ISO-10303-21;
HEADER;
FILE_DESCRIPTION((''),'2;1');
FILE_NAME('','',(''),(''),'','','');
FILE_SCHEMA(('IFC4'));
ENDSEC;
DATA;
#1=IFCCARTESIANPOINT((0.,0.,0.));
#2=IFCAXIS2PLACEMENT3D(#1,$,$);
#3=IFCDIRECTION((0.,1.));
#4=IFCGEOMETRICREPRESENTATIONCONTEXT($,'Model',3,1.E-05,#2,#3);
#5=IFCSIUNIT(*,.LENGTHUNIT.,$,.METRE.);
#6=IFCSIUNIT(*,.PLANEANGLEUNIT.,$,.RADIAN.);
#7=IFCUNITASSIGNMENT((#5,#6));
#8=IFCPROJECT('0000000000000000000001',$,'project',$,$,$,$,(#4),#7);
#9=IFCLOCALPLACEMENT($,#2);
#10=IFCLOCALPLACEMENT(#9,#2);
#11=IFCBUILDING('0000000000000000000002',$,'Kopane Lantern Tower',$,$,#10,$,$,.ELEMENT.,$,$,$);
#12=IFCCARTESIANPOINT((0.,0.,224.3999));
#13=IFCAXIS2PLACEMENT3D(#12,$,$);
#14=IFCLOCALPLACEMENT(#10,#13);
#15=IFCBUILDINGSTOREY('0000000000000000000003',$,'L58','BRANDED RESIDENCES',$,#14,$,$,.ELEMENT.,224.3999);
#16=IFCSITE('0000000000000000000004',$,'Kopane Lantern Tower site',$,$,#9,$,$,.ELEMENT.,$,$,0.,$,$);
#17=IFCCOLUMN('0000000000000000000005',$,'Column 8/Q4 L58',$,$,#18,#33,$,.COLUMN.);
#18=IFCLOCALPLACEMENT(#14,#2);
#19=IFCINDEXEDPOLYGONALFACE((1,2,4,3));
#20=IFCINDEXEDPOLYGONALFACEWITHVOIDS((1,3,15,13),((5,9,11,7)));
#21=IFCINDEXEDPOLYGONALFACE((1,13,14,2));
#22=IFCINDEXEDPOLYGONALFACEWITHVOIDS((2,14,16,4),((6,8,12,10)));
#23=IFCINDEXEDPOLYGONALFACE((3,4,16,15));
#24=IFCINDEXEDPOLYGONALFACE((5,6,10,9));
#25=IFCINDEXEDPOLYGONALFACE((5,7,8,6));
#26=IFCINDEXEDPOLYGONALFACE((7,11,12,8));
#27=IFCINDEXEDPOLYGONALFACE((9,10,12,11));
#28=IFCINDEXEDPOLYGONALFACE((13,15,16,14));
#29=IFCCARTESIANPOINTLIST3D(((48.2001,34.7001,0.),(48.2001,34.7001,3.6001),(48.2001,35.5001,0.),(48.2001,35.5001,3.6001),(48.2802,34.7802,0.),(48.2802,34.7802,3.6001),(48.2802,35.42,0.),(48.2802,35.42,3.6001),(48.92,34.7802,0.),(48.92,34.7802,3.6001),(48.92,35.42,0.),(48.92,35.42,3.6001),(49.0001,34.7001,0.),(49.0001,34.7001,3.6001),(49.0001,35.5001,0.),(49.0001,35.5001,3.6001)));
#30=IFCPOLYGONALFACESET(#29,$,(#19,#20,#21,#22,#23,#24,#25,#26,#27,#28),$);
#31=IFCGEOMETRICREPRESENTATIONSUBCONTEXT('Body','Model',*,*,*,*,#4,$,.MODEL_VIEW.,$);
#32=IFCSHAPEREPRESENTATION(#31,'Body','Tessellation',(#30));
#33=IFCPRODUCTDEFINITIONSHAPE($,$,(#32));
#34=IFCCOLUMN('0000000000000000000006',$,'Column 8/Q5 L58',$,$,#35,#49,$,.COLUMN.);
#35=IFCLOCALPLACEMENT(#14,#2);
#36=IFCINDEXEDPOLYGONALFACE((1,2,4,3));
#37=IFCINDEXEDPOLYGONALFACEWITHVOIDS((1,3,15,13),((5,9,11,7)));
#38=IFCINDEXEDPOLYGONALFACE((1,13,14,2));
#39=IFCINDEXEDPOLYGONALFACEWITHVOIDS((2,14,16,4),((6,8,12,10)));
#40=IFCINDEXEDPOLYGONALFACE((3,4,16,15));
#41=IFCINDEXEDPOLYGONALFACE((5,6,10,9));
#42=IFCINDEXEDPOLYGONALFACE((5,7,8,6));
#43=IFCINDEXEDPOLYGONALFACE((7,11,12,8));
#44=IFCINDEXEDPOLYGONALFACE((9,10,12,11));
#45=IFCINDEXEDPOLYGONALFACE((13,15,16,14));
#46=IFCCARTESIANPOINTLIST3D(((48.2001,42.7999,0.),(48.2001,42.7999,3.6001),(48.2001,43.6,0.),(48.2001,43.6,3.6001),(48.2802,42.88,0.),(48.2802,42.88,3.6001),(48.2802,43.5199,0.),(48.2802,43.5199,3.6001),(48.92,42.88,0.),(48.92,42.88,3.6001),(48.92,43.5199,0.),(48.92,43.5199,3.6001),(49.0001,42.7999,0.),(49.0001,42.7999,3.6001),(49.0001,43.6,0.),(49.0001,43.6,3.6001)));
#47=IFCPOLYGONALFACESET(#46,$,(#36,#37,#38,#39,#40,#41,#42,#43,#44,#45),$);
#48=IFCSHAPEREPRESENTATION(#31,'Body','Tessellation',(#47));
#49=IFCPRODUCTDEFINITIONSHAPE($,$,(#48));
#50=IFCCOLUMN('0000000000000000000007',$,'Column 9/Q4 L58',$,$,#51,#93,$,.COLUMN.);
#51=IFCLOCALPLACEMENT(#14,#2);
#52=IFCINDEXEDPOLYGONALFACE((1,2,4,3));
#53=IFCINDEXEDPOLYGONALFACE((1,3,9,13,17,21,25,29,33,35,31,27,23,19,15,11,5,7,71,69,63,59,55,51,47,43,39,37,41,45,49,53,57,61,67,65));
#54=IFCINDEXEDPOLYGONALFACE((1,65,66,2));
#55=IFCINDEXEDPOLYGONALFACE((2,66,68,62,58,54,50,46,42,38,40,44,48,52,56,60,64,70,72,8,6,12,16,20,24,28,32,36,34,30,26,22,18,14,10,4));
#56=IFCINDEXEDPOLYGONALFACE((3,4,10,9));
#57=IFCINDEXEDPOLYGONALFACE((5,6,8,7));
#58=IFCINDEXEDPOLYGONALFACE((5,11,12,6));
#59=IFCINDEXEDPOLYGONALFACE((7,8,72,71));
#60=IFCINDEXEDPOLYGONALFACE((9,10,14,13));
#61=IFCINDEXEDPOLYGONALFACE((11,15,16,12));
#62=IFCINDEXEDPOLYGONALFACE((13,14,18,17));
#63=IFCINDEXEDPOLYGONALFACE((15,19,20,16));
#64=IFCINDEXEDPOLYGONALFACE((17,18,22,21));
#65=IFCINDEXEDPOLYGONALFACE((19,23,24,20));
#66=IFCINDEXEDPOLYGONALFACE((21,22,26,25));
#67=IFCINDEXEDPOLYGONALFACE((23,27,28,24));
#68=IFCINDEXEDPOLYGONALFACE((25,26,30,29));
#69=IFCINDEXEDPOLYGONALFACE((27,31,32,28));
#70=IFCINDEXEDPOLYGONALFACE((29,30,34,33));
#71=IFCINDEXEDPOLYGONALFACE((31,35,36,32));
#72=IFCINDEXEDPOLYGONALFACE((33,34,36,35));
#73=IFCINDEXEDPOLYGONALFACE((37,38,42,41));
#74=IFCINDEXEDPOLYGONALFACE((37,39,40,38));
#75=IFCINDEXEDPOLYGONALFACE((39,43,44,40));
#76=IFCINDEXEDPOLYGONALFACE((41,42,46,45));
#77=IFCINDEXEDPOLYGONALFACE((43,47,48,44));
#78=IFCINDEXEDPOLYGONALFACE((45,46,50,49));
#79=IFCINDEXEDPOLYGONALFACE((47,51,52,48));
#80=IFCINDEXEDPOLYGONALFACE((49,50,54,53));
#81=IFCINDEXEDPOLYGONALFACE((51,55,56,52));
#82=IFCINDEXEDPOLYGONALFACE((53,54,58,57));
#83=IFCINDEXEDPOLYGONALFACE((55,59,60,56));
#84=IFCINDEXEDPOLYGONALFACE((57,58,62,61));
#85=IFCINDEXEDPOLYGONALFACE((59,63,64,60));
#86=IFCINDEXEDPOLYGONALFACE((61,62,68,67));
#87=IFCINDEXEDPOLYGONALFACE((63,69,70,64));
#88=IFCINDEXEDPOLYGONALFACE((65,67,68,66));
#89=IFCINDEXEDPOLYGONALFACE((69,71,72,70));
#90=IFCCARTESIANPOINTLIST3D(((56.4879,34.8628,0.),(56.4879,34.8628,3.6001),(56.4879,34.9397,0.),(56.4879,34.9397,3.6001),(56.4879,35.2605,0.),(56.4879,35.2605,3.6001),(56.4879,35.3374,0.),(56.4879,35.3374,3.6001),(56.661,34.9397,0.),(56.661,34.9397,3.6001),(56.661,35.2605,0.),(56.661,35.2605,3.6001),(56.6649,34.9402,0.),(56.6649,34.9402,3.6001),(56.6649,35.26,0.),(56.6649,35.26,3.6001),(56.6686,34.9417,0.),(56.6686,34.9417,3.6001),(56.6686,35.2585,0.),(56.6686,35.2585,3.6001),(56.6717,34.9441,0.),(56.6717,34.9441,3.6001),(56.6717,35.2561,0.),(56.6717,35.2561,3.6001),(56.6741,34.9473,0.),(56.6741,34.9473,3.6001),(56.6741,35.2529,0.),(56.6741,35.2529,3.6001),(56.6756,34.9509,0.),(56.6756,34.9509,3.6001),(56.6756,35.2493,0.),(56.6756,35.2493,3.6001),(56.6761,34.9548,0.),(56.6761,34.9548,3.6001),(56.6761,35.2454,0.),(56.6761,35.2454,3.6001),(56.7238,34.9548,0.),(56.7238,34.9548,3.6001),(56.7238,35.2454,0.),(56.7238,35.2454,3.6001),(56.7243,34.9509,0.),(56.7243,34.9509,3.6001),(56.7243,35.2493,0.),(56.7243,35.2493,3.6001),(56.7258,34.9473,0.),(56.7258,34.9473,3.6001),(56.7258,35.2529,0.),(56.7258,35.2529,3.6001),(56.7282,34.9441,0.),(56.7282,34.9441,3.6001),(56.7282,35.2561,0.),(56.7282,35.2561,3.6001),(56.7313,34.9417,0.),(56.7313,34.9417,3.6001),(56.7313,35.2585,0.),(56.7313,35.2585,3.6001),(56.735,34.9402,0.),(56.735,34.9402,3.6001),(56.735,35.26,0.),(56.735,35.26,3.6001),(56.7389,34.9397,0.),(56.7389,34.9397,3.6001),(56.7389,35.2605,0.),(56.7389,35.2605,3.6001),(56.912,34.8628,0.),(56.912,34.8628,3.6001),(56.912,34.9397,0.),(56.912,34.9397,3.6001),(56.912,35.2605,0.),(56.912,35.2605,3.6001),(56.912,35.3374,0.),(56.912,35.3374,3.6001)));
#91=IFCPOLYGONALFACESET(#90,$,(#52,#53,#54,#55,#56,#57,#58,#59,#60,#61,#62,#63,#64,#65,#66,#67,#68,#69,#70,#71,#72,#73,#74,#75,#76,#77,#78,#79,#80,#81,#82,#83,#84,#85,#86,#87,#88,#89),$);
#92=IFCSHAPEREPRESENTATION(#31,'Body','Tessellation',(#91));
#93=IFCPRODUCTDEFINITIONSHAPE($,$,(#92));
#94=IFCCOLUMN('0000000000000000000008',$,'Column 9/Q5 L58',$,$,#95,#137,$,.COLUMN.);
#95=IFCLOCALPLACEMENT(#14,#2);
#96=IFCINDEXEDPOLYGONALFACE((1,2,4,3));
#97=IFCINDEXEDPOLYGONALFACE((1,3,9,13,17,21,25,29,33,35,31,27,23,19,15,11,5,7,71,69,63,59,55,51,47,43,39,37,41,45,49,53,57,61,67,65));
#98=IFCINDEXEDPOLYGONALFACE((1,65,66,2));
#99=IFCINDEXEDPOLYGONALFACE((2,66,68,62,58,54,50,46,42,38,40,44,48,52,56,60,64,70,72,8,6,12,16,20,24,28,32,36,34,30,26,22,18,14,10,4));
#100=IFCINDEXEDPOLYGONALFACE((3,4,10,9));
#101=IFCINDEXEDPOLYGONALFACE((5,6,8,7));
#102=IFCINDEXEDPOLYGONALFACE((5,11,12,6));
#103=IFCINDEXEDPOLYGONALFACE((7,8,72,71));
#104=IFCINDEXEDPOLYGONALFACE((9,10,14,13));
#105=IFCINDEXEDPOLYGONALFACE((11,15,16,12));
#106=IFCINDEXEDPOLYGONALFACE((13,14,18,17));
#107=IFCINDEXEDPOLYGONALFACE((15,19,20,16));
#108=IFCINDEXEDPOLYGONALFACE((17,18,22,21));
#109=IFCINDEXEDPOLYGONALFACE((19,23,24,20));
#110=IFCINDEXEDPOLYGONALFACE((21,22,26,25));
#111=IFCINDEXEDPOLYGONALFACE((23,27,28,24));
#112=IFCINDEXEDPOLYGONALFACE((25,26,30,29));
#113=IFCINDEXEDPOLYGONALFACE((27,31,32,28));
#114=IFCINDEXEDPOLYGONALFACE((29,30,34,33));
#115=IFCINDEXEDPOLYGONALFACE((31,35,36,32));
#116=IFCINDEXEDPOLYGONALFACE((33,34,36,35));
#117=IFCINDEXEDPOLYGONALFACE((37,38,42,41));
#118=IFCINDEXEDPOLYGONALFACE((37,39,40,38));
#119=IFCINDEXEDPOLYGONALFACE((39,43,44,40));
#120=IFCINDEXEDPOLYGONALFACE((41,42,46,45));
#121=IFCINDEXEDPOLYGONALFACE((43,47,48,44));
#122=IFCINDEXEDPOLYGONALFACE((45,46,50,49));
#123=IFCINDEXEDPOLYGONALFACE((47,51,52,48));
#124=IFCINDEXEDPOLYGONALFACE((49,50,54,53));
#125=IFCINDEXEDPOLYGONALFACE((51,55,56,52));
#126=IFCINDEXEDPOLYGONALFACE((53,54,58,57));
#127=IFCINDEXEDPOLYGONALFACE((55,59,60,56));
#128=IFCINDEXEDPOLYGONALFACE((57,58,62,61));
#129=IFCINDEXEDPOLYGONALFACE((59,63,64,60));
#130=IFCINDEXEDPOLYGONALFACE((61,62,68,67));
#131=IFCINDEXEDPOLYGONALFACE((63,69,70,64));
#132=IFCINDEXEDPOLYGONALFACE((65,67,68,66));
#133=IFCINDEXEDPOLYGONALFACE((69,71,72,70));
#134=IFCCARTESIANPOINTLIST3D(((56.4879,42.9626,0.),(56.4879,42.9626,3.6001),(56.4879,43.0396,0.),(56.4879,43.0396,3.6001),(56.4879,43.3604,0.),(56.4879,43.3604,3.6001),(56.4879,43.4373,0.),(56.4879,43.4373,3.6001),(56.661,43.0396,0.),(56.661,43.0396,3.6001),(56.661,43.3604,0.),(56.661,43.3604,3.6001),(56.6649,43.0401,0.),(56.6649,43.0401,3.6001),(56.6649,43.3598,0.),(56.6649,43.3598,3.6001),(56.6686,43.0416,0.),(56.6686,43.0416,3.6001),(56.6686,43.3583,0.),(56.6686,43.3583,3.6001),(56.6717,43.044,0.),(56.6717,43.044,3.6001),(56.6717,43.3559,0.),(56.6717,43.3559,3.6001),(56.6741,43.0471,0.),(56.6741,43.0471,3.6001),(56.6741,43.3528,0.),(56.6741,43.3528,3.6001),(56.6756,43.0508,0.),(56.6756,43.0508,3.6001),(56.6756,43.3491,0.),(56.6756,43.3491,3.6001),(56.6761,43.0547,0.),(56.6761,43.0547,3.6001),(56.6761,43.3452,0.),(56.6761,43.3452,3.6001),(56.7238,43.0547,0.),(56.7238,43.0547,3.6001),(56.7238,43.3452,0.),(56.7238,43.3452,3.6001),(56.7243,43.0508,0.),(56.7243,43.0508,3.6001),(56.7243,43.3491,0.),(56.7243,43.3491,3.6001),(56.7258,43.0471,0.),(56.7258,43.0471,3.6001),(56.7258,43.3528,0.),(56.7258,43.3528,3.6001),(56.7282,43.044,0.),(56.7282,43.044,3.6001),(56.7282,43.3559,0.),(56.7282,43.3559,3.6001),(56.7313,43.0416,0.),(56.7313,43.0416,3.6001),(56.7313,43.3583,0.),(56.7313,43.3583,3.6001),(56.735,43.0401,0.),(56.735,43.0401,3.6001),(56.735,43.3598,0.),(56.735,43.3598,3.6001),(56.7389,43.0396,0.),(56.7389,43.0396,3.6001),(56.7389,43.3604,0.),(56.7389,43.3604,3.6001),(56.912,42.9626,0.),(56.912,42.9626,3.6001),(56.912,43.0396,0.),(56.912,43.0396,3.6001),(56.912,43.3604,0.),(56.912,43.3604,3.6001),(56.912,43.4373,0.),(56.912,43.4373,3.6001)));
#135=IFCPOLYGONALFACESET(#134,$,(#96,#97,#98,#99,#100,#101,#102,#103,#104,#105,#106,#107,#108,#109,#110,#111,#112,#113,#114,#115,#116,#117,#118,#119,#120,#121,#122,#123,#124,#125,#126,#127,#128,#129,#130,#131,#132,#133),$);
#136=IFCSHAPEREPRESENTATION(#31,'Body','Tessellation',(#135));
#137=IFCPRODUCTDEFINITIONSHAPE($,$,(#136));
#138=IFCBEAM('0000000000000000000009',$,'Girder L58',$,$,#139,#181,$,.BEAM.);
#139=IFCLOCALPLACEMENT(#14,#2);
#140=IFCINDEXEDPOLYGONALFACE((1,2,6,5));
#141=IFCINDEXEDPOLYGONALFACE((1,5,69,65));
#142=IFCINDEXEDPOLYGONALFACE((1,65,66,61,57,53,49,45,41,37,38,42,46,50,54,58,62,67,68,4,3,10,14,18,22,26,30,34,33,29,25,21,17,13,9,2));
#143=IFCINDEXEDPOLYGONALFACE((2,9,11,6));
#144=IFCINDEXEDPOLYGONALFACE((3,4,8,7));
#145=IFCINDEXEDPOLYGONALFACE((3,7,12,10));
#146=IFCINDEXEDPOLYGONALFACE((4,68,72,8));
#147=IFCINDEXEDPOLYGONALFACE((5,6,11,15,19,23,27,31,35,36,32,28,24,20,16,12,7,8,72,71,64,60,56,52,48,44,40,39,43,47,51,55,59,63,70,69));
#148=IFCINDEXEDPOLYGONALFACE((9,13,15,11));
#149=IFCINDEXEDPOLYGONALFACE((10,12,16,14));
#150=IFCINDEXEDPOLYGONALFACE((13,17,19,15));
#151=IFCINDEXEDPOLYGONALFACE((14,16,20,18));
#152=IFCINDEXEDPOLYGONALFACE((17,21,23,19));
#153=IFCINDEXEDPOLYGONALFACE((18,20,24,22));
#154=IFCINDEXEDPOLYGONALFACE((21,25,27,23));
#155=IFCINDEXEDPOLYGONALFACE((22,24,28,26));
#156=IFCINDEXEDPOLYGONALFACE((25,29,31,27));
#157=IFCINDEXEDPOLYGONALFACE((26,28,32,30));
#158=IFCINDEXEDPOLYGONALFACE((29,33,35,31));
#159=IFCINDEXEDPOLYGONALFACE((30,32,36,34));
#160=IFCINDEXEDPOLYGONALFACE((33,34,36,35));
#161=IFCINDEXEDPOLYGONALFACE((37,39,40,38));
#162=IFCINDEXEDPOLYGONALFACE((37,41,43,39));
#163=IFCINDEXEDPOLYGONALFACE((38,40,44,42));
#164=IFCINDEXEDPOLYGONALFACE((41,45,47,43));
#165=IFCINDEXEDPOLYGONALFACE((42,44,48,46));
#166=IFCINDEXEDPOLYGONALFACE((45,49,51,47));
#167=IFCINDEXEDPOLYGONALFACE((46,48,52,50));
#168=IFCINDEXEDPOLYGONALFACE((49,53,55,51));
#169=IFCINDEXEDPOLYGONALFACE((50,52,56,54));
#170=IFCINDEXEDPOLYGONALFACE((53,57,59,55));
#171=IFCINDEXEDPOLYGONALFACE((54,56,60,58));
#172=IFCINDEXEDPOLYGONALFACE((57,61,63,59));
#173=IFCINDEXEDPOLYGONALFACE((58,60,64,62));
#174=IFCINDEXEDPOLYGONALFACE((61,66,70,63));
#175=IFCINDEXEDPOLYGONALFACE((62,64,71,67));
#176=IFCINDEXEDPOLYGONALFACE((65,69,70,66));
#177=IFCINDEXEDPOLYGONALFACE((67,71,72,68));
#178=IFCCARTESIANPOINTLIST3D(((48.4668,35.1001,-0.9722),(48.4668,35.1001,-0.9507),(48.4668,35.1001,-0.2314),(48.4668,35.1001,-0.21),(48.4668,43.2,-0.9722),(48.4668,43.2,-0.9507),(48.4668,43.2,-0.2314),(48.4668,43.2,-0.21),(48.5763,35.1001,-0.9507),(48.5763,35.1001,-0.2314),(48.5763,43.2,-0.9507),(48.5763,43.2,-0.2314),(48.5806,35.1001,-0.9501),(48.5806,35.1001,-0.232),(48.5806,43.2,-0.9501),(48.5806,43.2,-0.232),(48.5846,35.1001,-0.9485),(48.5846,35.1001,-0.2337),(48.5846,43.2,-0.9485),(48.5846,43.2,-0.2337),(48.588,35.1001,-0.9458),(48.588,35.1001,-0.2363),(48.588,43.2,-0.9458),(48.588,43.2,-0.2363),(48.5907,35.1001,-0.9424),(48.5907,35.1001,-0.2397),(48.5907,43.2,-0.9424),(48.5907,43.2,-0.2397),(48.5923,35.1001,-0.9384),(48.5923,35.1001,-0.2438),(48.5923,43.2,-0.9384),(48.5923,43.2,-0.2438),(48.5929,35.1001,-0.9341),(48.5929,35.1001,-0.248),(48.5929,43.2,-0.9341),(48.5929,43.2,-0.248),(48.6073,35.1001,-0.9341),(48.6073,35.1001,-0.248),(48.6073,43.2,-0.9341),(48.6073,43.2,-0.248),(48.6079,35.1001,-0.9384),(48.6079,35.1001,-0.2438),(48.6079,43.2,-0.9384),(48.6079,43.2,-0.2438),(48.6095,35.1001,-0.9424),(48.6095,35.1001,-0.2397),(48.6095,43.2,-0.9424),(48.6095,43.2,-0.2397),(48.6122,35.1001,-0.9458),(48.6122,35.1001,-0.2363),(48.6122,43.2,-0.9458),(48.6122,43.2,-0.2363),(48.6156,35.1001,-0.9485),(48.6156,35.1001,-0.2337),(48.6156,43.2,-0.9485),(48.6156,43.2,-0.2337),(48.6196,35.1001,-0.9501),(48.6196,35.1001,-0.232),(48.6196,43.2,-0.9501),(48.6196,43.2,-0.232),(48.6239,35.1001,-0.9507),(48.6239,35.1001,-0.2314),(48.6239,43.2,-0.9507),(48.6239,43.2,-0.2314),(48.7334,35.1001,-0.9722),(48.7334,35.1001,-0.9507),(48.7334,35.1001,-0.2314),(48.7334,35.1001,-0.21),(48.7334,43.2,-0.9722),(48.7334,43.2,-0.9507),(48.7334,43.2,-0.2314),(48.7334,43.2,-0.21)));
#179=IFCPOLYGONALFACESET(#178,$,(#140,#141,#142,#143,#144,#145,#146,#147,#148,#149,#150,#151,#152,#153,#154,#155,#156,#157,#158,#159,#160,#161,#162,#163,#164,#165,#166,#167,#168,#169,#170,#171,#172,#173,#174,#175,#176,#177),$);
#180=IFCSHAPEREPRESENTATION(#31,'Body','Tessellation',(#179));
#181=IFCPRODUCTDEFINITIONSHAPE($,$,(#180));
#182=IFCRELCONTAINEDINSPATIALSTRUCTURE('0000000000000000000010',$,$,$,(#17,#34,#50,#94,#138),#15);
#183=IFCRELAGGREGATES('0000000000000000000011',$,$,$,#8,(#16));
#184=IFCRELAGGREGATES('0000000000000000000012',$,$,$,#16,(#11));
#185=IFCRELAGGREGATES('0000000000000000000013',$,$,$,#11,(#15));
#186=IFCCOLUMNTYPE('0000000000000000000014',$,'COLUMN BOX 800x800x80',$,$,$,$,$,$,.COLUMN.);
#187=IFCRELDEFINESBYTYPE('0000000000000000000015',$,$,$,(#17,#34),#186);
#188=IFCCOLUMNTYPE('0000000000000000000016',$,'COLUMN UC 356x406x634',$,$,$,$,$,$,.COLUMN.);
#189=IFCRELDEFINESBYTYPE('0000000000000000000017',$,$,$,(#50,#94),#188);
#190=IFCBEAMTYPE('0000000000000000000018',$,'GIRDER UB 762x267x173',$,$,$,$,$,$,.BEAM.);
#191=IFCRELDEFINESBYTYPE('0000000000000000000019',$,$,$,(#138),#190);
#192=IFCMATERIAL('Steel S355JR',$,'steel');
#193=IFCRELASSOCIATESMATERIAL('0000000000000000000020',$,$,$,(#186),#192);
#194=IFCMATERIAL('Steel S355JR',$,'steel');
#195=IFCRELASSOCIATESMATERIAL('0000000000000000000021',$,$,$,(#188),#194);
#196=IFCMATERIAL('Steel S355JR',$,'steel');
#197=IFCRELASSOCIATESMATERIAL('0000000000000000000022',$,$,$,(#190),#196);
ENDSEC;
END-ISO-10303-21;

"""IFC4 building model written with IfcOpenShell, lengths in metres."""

from ifc_helpers import new_model, si_unit, direction, frame, origin, origin_2d, place, context, subcontext, project, spatial, hollow_rectangle, i_section, extrude, material, material_profile, profile_set, type_object, element, save


model = new_model("IFC4")

# Units and contexts
model_context = context("Model", 3, precision=1e-05, world=origin(), true_north=direction((0.0, 1.0)))
body_context = subcontext(model_context, "Body", "Model", "MODEL_VIEW")
ifc_project = project(units=[si_unit("LENGTHUNIT", "METRE"), si_unit("PLANEANGLEUNIT", "RADIAN")], contexts=[model_context])

# Site, building, storey
site_placement = place(None, origin())
site = spatial("IfcSite", under=ifc_project, at=site_placement, Name="Kopane Lantern Tower site", CompositionType="ELEMENT", RefElevation=0.0)
building_placement = place(site_placement, origin())
building = spatial("IfcBuilding", under=site, at=building_placement, Name="Kopane Lantern Tower", CompositionType="ELEMENT")
storey_placement = place(building_placement, frame((0.0, 0.0, 224.3999)))
storey = spatial("IfcBuildingStorey", under=building, at=storey_placement, Name="L58", Description="BRANDED RESIDENCES", CompositionType="ELEMENT", Elevation=224.3999)

# Columns
ifc_material_1 = material(Name="Steel S355JR", Category="steel")
ifc_material_profile_1 = material_profile(ifc_material_1, hollow_rectangle(XDim=0.8, YDim=0.8, WallThickness=0.0801, at=origin_2d()), Name="BOX 800x800x80")
ifc_profile_set_1 = profile_set([ifc_material_profile_1], Name="Steel S355JR")
column_type_1 = type_object("IfcColumnType", Name="COLUMN BOX 800x800x80", PredefinedType="COLUMN", material=ifc_profile_set_1)
for number, where, z_axis, x_axis, name in (
    (1, (48.6001, 35.1001, 0.0), (0.0, 0.0, 1.0), (1.0, 0.0, 0.0), "Column 8/Q4 L58"),
    (2, (48.6001, 43.2, 0.0), (0.0, 0.0, 1.0), (1.0, 0.0, 0.0), "Column 8/Q5 L58"),
):
    element("IfcColumn", number, at=place(storey_placement, frame(where, z_axis=z_axis, x_axis=x_axis)), inside=storey, type_object=column_type_1, Name=name, PredefinedType="COLUMN", context=body_context, shape_type="SweptSolid", body=[
        extrude(hollow_rectangle(XDim=0.8, YDim=0.8, WallThickness=0.0801, at=origin_2d()), origin(), (0.0, 0.0, 1.0), 3.6001),
    ])
ifc_material_2 = material(Name="Steel S355JR", Category="steel")
ifc_material_profile_2 = material_profile(ifc_material_2, i_section(OverallWidth=0.4241, OverallDepth=0.4746, WebThickness=0.0476, FlangeThickness=0.0769, FilletRadius=0.0151, at=origin_2d()), Name="UC 356x406x634")
ifc_profile_set_2 = profile_set([ifc_material_profile_2], Name="Steel S355JR")
column_type_2 = type_object("IfcColumnType", Name="COLUMN UC 356x406x634", PredefinedType="COLUMN", material=ifc_profile_set_2)
for number, where, z_axis, x_axis, name in (
    (3, (56.7, 35.1001, 0.0), (0.0, 0.0, 1.0), (1.0, 0.0, 0.0), "Column 9/Q4 L58"),
    (4, (56.7, 43.2, 0.0), (0.0, 0.0, 1.0), (1.0, 0.0, 0.0), "Column 9/Q5 L58"),
):
    element("IfcColumn", number, at=place(storey_placement, frame(where, z_axis=z_axis, x_axis=x_axis)), inside=storey, type_object=column_type_2, Name=name, PredefinedType="COLUMN", context=body_context, shape_type="SweptSolid", body=[
        extrude(i_section(OverallWidth=0.4241, OverallDepth=0.4746, WebThickness=0.0476, FlangeThickness=0.0769, FilletRadius=0.0151, at=origin_2d()), origin(), (0.0, 0.0, 1.0), 3.6001),
    ])

# Beam
ifc_material_3 = material(Name="Steel S355JR", Category="steel")
ifc_material_profile_3 = material_profile(ifc_material_3, i_section(OverallWidth=0.2666, OverallDepth=0.7622, WebThickness=0.0144, FlangeThickness=0.0215, FilletRadius=0.0166, at=origin_2d()), Name="UB 762x267x173")
ifc_profile_set_3 = profile_set([ifc_material_profile_3], Name="Steel S355JR")
beam_type = type_object("IfcBeamType", Name="GIRDER UB 762x267x173", PredefinedType="BEAM", material=ifc_profile_set_3)
for number, where, z_axis, x_axis, name in (
    (5, (48.6001, 35.1001, -0.5911), (0.0, 1.0, 0.0), (-1.0, 0.0, 0.0), "Girder L58"),
):
    element("IfcBeam", number, at=place(storey_placement, frame(where, z_axis=z_axis, x_axis=x_axis)), inside=storey, type_object=beam_type, Name=name, PredefinedType="BEAM", context=body_context, shape_type="SweptSolid", body=[
        extrude(i_section(OverallWidth=0.2666, OverallDepth=0.7622, WebThickness=0.0144, FlangeThickness=0.0215, FilletRadius=0.0166, at=origin_2d()), origin(), (0.0, 0.0, 1.0), 8.0999),
    ])

save(model, "model.ifc")
